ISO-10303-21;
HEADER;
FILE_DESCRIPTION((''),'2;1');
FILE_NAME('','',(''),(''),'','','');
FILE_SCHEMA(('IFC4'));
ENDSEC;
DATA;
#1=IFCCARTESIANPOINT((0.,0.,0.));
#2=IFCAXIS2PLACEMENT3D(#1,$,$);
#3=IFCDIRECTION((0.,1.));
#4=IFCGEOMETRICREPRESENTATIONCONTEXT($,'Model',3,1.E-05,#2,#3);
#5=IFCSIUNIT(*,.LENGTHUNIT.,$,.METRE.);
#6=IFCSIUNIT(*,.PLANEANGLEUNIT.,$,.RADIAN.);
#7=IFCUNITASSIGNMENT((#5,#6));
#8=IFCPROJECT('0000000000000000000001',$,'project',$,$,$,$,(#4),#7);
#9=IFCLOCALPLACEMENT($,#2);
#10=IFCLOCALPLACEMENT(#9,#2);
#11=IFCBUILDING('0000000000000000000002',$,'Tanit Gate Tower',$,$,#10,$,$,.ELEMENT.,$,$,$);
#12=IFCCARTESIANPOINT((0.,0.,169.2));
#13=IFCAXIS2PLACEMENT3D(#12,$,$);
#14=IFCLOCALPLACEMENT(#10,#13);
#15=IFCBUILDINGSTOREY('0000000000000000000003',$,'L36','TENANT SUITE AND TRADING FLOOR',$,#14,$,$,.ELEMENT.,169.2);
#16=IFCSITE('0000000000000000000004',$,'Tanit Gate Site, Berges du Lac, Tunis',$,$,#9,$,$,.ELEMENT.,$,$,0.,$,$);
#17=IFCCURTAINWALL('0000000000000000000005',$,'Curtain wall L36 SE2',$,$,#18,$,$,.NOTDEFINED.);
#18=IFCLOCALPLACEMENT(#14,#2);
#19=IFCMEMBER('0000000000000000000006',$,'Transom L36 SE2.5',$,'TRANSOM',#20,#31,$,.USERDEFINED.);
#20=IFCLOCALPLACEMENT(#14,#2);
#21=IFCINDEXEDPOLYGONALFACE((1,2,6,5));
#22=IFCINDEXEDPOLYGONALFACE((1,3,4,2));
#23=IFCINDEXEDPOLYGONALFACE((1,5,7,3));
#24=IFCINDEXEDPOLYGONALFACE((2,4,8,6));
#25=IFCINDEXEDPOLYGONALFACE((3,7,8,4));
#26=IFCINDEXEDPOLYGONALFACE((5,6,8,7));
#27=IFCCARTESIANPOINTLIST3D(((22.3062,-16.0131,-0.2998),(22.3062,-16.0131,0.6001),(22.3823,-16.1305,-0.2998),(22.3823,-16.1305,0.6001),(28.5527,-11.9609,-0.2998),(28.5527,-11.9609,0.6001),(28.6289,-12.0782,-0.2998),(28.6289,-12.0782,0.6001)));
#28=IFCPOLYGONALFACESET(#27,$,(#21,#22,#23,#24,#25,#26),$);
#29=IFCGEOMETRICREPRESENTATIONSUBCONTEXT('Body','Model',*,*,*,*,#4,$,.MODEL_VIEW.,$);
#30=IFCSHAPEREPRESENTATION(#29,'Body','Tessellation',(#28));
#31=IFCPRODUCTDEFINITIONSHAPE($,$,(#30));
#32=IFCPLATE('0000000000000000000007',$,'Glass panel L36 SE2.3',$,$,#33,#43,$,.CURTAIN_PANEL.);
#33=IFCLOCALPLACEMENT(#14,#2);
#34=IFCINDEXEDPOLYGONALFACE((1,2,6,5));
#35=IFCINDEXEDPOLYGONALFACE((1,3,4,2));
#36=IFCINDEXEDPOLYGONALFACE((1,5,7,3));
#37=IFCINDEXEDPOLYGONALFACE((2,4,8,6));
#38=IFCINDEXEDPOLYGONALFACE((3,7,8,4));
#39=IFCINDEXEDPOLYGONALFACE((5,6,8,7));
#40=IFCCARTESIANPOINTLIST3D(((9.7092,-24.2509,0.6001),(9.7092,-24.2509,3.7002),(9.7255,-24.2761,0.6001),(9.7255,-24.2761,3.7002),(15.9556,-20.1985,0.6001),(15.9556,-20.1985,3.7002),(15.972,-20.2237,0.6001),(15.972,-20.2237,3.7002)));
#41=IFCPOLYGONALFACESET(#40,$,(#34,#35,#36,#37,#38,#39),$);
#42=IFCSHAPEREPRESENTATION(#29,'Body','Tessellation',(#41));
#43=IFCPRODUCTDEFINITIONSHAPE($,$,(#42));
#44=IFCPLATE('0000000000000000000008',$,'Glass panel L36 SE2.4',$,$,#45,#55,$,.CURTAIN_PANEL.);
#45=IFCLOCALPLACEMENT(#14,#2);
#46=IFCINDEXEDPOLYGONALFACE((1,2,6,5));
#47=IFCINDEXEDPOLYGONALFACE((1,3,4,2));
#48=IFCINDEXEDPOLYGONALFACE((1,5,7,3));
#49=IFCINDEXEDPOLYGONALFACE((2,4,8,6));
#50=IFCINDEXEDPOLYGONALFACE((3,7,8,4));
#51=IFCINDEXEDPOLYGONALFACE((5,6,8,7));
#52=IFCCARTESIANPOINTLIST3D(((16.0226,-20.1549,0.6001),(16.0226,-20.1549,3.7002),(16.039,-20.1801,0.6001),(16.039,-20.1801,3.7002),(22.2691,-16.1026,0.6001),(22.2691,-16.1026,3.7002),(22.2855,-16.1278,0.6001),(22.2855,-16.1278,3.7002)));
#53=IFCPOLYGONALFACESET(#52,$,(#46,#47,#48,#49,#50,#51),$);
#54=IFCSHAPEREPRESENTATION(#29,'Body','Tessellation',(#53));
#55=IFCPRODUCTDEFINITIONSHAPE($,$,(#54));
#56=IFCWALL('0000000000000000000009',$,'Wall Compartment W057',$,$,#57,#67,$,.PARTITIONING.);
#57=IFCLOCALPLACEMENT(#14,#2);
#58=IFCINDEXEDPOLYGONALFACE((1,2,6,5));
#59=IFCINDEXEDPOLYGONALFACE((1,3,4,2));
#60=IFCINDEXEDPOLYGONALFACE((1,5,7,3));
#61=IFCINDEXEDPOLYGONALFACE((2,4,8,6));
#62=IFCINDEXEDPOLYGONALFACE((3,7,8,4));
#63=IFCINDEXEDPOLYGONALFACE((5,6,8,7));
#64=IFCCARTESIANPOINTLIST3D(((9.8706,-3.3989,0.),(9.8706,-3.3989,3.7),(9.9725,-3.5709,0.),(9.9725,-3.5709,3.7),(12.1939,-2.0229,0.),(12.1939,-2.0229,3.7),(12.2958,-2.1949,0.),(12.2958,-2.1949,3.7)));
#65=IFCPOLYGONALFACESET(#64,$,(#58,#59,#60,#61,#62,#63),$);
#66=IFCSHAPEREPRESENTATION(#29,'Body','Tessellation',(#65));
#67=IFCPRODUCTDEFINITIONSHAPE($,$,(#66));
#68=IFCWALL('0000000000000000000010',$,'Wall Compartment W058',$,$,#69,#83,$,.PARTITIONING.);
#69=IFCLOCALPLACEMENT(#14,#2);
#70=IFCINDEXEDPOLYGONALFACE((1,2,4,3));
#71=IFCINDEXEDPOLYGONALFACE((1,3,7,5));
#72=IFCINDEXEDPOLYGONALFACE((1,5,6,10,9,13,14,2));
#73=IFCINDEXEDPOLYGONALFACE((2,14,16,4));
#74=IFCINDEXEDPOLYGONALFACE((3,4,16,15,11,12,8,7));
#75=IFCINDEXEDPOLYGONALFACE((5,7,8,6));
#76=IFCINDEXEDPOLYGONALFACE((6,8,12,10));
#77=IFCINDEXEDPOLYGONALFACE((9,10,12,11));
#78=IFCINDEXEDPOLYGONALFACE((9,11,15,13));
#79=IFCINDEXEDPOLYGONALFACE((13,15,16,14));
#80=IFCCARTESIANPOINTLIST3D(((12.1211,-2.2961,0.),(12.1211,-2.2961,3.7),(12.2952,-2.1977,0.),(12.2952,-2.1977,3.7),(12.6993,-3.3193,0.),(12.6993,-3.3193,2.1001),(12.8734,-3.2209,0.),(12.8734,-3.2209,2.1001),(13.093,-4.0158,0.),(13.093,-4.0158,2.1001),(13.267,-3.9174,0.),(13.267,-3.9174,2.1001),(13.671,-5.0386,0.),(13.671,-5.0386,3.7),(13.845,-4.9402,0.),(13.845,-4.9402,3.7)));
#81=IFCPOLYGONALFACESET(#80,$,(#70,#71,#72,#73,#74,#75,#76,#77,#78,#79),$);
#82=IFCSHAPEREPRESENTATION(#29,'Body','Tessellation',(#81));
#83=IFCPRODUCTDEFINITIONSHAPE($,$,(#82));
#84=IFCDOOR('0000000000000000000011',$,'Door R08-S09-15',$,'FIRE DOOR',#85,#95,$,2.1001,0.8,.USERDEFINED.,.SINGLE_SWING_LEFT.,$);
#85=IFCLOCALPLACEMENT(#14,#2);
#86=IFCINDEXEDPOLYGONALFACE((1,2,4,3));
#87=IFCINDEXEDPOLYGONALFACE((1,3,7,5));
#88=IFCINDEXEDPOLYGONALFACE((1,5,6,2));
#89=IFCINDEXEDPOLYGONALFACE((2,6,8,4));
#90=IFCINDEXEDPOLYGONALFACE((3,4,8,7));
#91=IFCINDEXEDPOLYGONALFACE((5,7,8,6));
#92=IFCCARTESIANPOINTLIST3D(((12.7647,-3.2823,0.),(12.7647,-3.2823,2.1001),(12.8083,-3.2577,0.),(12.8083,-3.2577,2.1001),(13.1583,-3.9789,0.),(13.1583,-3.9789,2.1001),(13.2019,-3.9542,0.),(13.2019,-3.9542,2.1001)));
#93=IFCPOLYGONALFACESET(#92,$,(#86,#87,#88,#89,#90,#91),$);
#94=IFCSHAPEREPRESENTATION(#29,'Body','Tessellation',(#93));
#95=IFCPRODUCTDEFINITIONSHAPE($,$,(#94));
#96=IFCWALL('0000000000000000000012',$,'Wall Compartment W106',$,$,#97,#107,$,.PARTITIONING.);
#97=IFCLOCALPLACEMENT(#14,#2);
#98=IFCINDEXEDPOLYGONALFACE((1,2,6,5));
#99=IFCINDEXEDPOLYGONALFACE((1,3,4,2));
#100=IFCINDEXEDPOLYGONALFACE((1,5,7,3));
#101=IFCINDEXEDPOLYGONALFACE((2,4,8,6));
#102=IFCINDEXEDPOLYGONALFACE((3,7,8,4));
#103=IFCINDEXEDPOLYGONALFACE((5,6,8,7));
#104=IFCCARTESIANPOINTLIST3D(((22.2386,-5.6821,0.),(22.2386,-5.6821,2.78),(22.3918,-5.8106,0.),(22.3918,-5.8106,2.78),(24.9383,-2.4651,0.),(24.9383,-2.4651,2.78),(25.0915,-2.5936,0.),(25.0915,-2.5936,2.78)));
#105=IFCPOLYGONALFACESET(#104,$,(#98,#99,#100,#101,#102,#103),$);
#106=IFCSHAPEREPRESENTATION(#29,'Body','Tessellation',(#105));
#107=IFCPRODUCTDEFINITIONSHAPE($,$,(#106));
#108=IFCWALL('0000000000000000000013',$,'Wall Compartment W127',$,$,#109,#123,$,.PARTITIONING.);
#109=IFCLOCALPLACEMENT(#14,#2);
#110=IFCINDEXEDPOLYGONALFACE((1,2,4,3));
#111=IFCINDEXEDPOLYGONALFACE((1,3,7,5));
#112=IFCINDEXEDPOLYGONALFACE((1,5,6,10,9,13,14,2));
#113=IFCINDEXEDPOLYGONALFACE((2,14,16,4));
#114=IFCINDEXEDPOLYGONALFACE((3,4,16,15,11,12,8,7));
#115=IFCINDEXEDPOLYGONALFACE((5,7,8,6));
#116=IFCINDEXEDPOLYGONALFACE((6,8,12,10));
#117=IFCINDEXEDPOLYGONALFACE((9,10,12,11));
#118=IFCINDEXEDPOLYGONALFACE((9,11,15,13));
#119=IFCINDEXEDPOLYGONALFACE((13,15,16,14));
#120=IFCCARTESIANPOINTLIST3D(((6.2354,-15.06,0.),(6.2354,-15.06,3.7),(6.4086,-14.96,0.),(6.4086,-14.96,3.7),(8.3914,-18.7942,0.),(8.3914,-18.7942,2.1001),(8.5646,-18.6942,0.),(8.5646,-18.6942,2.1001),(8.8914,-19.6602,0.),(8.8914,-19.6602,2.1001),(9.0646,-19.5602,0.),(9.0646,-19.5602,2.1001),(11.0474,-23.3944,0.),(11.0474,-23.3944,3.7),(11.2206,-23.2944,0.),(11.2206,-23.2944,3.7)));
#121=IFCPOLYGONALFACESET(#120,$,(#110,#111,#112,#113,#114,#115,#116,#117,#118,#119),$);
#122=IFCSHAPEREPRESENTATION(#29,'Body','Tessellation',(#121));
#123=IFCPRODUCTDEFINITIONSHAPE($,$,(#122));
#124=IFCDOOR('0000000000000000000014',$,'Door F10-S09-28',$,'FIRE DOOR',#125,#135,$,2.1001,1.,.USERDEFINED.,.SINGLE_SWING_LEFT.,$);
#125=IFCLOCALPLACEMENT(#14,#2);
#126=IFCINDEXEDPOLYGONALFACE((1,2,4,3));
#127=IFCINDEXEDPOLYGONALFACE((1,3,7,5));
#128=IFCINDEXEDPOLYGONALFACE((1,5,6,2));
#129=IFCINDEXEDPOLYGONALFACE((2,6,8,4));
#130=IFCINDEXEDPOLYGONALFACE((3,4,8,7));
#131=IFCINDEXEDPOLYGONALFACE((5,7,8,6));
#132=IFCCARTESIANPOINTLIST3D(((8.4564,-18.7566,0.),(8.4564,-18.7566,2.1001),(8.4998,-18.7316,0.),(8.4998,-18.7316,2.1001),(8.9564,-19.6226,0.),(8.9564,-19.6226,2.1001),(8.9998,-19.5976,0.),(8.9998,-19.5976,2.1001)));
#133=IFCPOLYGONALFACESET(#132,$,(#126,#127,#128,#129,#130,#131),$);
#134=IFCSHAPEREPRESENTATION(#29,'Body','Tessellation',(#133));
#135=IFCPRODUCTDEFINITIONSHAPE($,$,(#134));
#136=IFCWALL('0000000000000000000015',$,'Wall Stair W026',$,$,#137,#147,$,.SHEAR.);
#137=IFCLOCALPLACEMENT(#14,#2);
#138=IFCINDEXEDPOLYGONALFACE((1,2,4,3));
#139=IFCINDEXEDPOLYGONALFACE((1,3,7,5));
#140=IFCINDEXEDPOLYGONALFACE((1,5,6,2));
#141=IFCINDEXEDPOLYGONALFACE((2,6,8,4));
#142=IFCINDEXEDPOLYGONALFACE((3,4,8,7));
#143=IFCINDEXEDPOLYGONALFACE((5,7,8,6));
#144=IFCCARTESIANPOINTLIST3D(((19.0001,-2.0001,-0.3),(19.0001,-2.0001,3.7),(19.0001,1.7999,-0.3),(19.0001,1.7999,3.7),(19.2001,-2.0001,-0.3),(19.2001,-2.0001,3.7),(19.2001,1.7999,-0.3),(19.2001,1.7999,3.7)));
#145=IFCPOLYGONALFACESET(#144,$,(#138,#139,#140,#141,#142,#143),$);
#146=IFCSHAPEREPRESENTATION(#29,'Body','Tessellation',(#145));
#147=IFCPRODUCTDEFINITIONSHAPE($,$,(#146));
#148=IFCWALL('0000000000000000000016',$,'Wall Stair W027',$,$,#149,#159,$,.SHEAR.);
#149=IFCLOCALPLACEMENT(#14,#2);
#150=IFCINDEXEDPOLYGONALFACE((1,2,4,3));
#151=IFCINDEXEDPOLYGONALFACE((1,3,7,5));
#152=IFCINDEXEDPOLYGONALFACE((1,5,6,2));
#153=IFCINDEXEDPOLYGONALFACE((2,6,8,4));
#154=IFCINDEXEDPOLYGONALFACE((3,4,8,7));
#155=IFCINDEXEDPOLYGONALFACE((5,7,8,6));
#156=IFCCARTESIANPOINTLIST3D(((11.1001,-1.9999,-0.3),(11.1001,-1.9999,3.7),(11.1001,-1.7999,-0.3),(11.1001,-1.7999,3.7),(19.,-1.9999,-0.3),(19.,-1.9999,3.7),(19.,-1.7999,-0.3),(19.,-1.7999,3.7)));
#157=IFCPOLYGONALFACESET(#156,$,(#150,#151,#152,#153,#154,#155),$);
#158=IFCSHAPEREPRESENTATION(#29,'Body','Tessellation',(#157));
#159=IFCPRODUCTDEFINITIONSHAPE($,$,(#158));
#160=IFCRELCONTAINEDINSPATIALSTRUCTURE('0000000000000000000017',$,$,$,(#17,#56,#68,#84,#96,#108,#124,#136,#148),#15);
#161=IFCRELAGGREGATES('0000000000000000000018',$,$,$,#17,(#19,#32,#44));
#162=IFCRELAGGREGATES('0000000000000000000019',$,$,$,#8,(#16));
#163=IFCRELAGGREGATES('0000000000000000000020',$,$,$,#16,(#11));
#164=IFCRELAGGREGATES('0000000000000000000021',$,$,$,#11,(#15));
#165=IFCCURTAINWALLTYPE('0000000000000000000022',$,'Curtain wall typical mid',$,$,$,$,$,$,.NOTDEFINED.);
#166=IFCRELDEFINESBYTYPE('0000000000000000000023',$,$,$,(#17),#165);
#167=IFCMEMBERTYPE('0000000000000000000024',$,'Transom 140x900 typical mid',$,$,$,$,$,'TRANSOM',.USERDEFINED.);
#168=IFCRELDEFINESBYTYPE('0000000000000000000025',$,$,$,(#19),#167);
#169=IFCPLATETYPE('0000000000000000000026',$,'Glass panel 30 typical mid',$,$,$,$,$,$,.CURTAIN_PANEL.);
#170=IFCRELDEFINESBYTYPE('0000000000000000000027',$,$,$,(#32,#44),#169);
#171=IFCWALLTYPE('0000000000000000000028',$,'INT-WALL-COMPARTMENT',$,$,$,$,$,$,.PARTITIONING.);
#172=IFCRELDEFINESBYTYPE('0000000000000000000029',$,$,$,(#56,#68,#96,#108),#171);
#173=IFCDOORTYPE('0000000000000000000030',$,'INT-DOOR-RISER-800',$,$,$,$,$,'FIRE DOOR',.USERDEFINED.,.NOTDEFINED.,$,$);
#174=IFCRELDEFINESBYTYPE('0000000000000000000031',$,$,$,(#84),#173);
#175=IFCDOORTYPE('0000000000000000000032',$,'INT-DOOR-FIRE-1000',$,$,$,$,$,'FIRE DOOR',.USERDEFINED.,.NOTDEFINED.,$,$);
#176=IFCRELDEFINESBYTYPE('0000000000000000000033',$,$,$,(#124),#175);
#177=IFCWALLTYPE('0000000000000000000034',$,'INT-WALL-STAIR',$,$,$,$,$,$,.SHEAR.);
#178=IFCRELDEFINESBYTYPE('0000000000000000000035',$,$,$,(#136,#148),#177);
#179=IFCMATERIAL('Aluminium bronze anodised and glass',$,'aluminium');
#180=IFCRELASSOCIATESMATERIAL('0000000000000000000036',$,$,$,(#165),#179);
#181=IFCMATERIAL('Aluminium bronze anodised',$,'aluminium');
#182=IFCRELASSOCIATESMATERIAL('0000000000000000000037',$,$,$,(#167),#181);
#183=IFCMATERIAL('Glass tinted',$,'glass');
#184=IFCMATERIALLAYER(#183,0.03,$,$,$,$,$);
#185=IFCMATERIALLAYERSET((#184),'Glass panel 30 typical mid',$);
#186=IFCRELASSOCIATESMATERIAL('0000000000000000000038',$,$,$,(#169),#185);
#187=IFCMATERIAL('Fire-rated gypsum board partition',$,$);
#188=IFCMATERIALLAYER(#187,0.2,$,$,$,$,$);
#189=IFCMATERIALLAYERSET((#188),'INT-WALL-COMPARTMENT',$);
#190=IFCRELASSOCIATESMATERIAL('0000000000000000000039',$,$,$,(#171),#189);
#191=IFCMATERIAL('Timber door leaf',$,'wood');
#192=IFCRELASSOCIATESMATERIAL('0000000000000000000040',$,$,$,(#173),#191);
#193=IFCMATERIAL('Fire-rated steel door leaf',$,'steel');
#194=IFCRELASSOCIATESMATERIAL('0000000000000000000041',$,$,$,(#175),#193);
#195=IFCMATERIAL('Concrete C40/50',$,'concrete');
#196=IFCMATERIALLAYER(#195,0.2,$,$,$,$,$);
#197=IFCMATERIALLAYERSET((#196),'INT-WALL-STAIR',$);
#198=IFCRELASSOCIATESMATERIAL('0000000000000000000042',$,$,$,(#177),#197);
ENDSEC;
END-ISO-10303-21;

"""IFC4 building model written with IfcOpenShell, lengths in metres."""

from ifc_helpers import new_model, si_unit, direction, frame, frame_2d, origin, origin_2d, place, context, subcontext, project, spatial, rectangle, extrude, material, layer, layer_set, material_profile, profile_set, type_object, element, fill, aggregate, save


model = new_model("IFC4")

# Units and contexts
model_context = context("Model", 3, precision=1e-05, world=origin(), true_north=direction((0.0, 1.0)))
body_context = subcontext(model_context, "Body", "Model", "MODEL_VIEW")
ifc_project = project(units=[si_unit("LENGTHUNIT", "METRE"), si_unit("PLANEANGLEUNIT", "RADIAN")], contexts=[model_context])

# Site, building, storey
site_placement = place(None, origin())
site = spatial("IfcSite", under=ifc_project, at=site_placement, Name="Tanit Gate Site, Berges du Lac, Tunis", CompositionType="ELEMENT", RefElevation=0.0)
building_placement = place(site_placement, origin())
building = spatial("IfcBuilding", under=site, at=building_placement, Name="Tanit Gate Tower", CompositionType="ELEMENT")
storey_placement = place(building_placement, frame((0.0, 0.0, 169.2)))
storey = spatial("IfcBuildingStorey", under=building, at=storey_placement, Name="L36", Description="TENANT SUITE AND TRADING FLOOR", CompositionType="ELEMENT", Elevation=169.2)

# Curtain wall
ifc_material_1 = material(Name="Aluminium bronze anodised and glass", Category="aluminium")
curtain_wall_type = type_object("IfcCurtainWallType", Name="Curtain wall typical mid", PredefinedType="NOTDEFINED", material=ifc_material_1)
curtain_wall_placement = place(storey_placement, origin())
curtain_wall = element("IfcCurtainWall", 1, at=curtain_wall_placement, inside=storey, type_object=curtain_wall_type, Name="Curtain wall L36 SE2", PredefinedType="NOTDEFINED")

# Member
ifc_material_2 = material(Name="Aluminium bronze anodised", Category="aluminium")
ifc_material_profile_1 = material_profile(ifc_material_2, rectangle(XDim=0.1399, YDim=0.8999, at=origin_2d()), Name="140x900 bronze transom")
ifc_profile_set_1 = profile_set([ifc_material_profile_1], Name="Aluminium bronze anodised")
member_type_1 = type_object("IfcMemberType", Name="Transom 140x900 typical mid", ElementType="TRANSOM", PredefinedType="USERDEFINED", material=ifc_profile_set_1)
member_1_placement = place(storey_placement, frame((22.3442, -16.0718, 0.1501), z_axis=(0.838936, 0.54423, 0.0), x_axis=(-0.54423, 0.838936, 0.0)))
member_1 = element("IfcMember", 2, at=member_1_placement, type_object=member_type_1, Name="Transom L36 SE2.5", ObjectType="TRANSOM", PredefinedType="USERDEFINED", context=body_context, shape_type="SweptSolid", body=[
    extrude(rectangle(XDim=0.1399, YDim=0.8999, at=origin_2d()), origin(), (0.0, 0.0, 1.0), 7.4458),
])

# Plates
ifc_material_3 = material(Name="Glass tinted", Category="glass")
ifc_layer_1 = layer(ifc_material_3, 0.03)
ifc_layer_set_1 = layer_set([ifc_layer_1], Name="Glass panel 30 typical mid")
plate_type = type_object("IfcPlateType", Name="Glass panel 30 typical mid", PredefinedType="CURTAIN_PANEL", material=ifc_layer_set_1)
plate_1_placement = place(storey_placement, frame((12.8406, -22.2373, 0.6001), z_axis=(0.0, 0.0, 1.0), x_axis=(0.838927, 0.544243, 0.0)))
plate_1 = element("IfcPlate", 3, at=plate_1_placement, type_object=plate_type, Name="Glass panel L36 SE2.3", PredefinedType="CURTAIN_PANEL", context=body_context, shape_type="SweptSolid", body=[
    extrude(rectangle(XDim=7.4458, YDim=0.03, at=origin_2d()), origin(), (0.0, 0.0, 1.0), 3.1001),
])
plate_2_placement = place(storey_placement, frame((19.1541, -18.1414, 0.6001), z_axis=(0.0, 0.0, 1.0), x_axis=(0.838927, 0.544243, 0.0)))
plate_2 = element("IfcPlate", 4, at=plate_2_placement, type_object=plate_type, Name="Glass panel L36 SE2.4", PredefinedType="CURTAIN_PANEL", context=body_context, shape_type="SweptSolid", body=[
    extrude(rectangle(XDim=7.4458, YDim=0.03, at=origin_2d()), origin(), (0.0, 0.0, 1.0), 3.1001),
])
aggregate(curtain_wall, [member_1, plate_1, plate_2])

# Wall
ifc_material_4 = material(Name="Fire-rated gypsum board partition")
ifc_layer_2 = layer(ifc_material_4, 0.2)
ifc_layer_set_2 = layer_set([ifc_layer_2], Name="INT-WALL-COMPARTMENT")
wall_type_1 = type_object("IfcWallType", Name="INT-WALL-COMPARTMENT", PredefinedType="PARTITIONING", material=ifc_layer_set_2)
wall_1_placement = place(storey_placement, frame((12.2449, -2.1089, 0.0), z_axis=(0.0, 0.0, 1.0), x_axis=(-0.860415, -0.509594, 0.0)))
element("IfcWall", 5, at=wall_1_placement, inside=storey, type_object=wall_type_1, Name="Wall Compartment W057", PredefinedType="PARTITIONING", context=body_context, shape_type="SweptSolid", body=[
    extrude(rectangle(XDim=2.7002, YDim=0.2, at=frame_2d((1.3501, 0.0))), origin(), (0.0, 0.0, 1.0), 3.7),
])

# Wall, opening, door
wall_2_placement = place(storey_placement, frame((13.7581, -4.9895, 0.0), z_axis=(0.0, 0.0, 1.0), x_axis=(-0.491993, 0.870599, 0.0)))
wall_2 = element("IfcWall", 6, at=wall_2_placement, inside=storey, type_object=wall_type_1, Name="Wall Compartment W058", PredefinedType="PARTITIONING", context=body_context, shape_type="SweptSolid", body=[
    extrude(rectangle(XDim=3.1501, YDim=0.2, at=frame_2d((1.5752, 0.0))), origin(), (0.0, 0.0, 1.0), 3.7),
])
opening_1_placement = place(wall_2_placement, frame((1.175, 0.0, 0.0)))
opening_1 = element("IfcOpeningElement", 7, at=opening_1_placement, cuts=wall_2, PredefinedType="OPENING", context=body_context, shape_type="SweptSolid", body=[
    extrude(rectangle(XDim=0.8, YDim=2.1001, at=frame_2d((0.3999, 1.05))), frame((0.0, 0.1099, 0.0), z_axis=(0.0, -1.0, 0.0), x_axis=(1.0, 0.0, 0.0)), (0.0, 0.0, 1.0), 0.22),
])
ifc_material_5 = material(Name="Timber door leaf", Category="wood")
door_type_1 = type_object("IfcDoorType", Name="INT-DOOR-RISER-800", ElementType="FIRE DOOR", OperationType="NOTDEFINED", PredefinedType="USERDEFINED", material=ifc_material_5)
door_1_placement = place(opening_1_placement, origin())
door_1 = element("IfcDoor", 8, at=door_1_placement, inside=storey, type_object=door_type_1, Name="Door R08-S09-15", ObjectType="FIRE DOOR", OperationType="SINGLE_SWING_LEFT", OverallHeight=2.1001, OverallWidth=0.8, PredefinedType="USERDEFINED", context=body_context, shape_type="SweptSolid", body=[
    extrude(rectangle(XDim=0.8, YDim=2.1001, at=frame_2d((0.3999, 1.05))), frame((0.0, 0.0249, 0.0), z_axis=(0.0, -1.0, 0.0), x_axis=(1.0, 0.0, 0.0)), (0.0, 0.0, 1.0), 0.05),
])
fill(opening_1, door_1)

# Wall
wall_3_placement = place(storey_placement, frame((22.3152, -5.7463, 0.0), z_axis=(0.0, 0.0, 1.0), x_axis=(0.642828, 0.766011, 0.0)))
element("IfcWall", 9, at=wall_3_placement, inside=storey, type_object=wall_type_1, Name="Wall Compartment W106", PredefinedType="PARTITIONING", context=body_context, shape_type="SweptSolid", body=[
    extrude(rectangle(XDim=4.1997, YDim=0.2, at=frame_2d((2.0999, 0.0))), origin(), (0.0, 0.0, 1.0), 2.78),
])

# Wall, opening, door
wall_4_placement = place(storey_placement, frame((11.134, -23.3445, 0.0), z_axis=(0.0, 0.0, 1.0), x_axis=(-0.500008, 0.866021, 0.0)))
wall_4 = element("IfcWall", 10, at=wall_4_placement, inside=storey, type_object=wall_type_1, Name="Wall Compartment W127", PredefinedType="PARTITIONING", context=body_context, shape_type="SweptSolid", body=[
    extrude(rectangle(XDim=9.6238, YDim=0.2, at=frame_2d((4.812, 0.0))), origin(), (0.0, 0.0, 1.0), 3.7),
])
opening_2_placement = place(wall_4_placement, frame((4.312, 0.0, 0.0)))
opening_2 = element("IfcOpeningElement", 11, at=opening_2_placement, cuts=wall_4, PredefinedType="OPENING", context=body_context, shape_type="SweptSolid", body=[
    extrude(rectangle(XDim=1.0, YDim=2.1001, at=frame_2d((0.5, 1.05))), frame((0.0, 0.1099, 0.0), z_axis=(0.0, -1.0, 0.0), x_axis=(1.0, 0.0, 0.0)), (0.0, 0.0, 1.0), 0.22),
])
ifc_material_6 = material(Name="Fire-rated steel door leaf", Category="steel")
door_type_2 = type_object("IfcDoorType", Name="INT-DOOR-FIRE-1000", ElementType="FIRE DOOR", OperationType="NOTDEFINED", PredefinedType="USERDEFINED", material=ifc_material_6)
door_2_placement = place(opening_2_placement, origin())
door_2 = element("IfcDoor", 12, at=door_2_placement, inside=storey, type_object=door_type_2, Name="Door F10-S09-28", ObjectType="FIRE DOOR", OperationType="SINGLE_SWING_LEFT", OverallHeight=2.1001, OverallWidth=1.0, PredefinedType="USERDEFINED", context=body_context, shape_type="SweptSolid", body=[
    extrude(rectangle(XDim=1.0, YDim=2.1001, at=frame_2d((0.5, 1.05))), frame((0.0, 0.0249, 0.0), z_axis=(0.0, -1.0, 0.0), x_axis=(1.0, 0.0, 0.0)), (0.0, 0.0, 1.0), 0.05),
])
fill(opening_2, door_2)

# Walls
ifc_material_7 = material(Name="Concrete C40/50", Category="concrete")
ifc_layer_3 = layer(ifc_material_7, 0.2)
ifc_layer_set_3 = layer_set([ifc_layer_3], Name="INT-WALL-STAIR")
wall_type_2 = type_object("IfcWallType", Name="INT-WALL-STAIR", PredefinedType="SHEAR", material=ifc_layer_set_3)
wall_5_placement = place(storey_placement, frame((19.1001, -2.0, -0.3), z_axis=(0.0, 0.0, 1.0), x_axis=(0.0, 1.0, 0.0)))
element("IfcWall", 13, at=wall_5_placement, inside=storey, type_object=wall_type_2, Name="Wall Stair W026", PredefinedType="SHEAR", context=body_context, shape_type="SweptSolid", body=[
    extrude(rectangle(XDim=3.8, YDim=0.2, at=frame_2d((1.8999, 0.0))), origin(), (0.0, 0.0, 1.0), 4.0),
])
wall_6_placement = place(storey_placement, frame((11.1001, -1.8999, -0.3), z_axis=(0.0, 0.0, 1.0), x_axis=(1.0, 0.0, 0.0)))
element("IfcWall", 14, at=wall_6_placement, inside=storey, type_object=wall_type_2, Name="Wall Stair W027", PredefinedType="SHEAR", context=body_context, shape_type="SweptSolid", body=[
    extrude(rectangle(XDim=7.8999, YDim=0.2, at=frame_2d((3.95, 0.0))), origin(), (0.0, 0.0, 1.0), 4.0),
])

save(model, "model.ifc")
